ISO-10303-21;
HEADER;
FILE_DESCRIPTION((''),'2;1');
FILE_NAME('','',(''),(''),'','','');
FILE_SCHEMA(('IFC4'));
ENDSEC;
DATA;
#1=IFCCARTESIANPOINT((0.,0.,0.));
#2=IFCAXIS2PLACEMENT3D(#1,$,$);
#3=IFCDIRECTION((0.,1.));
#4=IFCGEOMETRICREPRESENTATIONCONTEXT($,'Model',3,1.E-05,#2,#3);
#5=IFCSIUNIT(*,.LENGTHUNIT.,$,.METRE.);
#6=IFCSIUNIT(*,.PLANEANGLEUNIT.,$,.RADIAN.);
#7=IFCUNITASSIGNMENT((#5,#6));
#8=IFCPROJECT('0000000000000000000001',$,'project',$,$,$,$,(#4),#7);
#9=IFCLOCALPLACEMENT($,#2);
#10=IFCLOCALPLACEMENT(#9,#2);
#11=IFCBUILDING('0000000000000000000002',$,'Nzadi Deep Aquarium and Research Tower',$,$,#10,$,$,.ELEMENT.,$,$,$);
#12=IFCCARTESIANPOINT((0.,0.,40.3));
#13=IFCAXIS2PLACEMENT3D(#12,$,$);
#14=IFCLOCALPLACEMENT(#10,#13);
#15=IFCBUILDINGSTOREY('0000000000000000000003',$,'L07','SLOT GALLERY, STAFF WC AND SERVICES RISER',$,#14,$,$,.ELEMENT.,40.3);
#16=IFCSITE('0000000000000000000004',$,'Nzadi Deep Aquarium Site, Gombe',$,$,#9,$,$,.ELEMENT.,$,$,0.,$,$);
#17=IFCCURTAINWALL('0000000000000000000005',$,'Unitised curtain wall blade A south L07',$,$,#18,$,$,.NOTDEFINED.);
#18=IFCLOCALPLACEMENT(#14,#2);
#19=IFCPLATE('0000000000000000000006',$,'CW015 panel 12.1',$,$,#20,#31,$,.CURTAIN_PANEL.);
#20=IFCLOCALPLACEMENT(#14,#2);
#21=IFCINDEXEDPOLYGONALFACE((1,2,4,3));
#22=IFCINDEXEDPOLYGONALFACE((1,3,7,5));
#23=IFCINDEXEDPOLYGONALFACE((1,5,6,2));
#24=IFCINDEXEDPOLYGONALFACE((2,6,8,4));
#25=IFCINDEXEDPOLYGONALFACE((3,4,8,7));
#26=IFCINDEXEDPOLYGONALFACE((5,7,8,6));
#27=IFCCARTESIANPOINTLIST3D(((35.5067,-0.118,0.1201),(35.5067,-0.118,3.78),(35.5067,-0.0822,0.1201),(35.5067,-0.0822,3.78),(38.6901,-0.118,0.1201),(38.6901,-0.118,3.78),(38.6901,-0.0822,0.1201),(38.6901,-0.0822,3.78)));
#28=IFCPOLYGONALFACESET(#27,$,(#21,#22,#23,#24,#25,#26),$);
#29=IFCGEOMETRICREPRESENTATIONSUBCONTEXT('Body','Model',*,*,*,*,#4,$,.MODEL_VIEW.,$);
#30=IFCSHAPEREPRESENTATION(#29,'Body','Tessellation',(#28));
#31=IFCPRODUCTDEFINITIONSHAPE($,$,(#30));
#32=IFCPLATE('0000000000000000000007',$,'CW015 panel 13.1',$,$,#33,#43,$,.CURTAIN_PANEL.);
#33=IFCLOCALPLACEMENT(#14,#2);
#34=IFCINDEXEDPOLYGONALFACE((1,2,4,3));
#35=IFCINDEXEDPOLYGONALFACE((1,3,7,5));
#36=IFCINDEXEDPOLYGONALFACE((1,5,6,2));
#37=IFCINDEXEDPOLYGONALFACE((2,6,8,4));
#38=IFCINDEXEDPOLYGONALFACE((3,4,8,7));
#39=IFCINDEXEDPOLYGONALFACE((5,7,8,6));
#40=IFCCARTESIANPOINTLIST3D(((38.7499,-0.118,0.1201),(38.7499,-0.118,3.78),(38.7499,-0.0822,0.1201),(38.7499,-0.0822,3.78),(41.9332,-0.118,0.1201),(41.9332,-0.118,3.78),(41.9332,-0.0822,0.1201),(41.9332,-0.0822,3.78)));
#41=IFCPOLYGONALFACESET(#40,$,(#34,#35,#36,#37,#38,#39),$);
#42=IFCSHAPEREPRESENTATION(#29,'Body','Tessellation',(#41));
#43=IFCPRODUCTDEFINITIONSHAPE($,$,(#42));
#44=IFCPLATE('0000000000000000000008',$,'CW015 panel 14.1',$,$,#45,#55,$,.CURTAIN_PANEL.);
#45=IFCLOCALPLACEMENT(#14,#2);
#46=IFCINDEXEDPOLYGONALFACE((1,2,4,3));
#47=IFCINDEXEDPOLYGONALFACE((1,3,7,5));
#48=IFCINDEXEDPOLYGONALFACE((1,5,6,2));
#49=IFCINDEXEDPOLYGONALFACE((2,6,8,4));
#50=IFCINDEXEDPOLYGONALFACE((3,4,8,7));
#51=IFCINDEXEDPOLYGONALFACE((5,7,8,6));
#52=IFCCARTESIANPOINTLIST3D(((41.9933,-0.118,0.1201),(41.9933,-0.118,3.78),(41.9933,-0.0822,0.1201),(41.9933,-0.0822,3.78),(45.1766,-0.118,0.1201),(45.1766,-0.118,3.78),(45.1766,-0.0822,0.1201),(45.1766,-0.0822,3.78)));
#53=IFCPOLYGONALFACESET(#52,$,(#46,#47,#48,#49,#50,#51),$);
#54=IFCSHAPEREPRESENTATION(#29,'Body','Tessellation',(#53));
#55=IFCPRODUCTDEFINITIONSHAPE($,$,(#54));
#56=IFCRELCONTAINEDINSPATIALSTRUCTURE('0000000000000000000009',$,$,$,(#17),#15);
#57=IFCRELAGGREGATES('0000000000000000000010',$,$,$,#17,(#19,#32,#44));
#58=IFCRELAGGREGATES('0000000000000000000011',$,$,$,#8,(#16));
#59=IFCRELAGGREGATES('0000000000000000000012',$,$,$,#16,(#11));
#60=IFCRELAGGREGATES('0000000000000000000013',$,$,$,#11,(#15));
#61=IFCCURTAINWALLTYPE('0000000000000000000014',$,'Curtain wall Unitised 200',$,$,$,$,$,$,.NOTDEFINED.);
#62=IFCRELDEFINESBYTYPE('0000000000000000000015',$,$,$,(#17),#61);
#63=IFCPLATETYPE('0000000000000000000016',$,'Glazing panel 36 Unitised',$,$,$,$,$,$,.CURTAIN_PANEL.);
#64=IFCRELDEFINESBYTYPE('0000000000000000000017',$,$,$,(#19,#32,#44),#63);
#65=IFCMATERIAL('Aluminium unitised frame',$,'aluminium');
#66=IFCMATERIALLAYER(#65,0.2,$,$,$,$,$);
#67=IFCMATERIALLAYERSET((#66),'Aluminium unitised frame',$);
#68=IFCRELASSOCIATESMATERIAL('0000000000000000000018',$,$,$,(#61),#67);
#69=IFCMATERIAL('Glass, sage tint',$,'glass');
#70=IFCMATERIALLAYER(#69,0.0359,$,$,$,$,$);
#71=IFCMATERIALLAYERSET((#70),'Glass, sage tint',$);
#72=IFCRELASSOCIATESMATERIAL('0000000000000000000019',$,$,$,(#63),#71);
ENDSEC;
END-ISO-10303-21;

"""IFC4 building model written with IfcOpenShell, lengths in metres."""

from ifc_helpers import new_model, si_unit, direction, frame, origin, origin_2d, place, context, subcontext, project, spatial, rectangle, extrude, material, layer, layer_set, type_object, element, aggregate, save


model = new_model("IFC4")

# Units and contexts
model_context = context("Model", 3, precision=1e-05, world=origin(), true_north=direction((0.0, 1.0)))
body_context = subcontext(model_context, "Body", "Model", "MODEL_VIEW")
ifc_project = project(units=[si_unit("LENGTHUNIT", "METRE"), si_unit("PLANEANGLEUNIT", "RADIAN")], contexts=[model_context])

# Site, building, storey
site_placement = place(None, origin())
site = spatial("IfcSite", under=ifc_project, at=site_placement, Name="Nzadi Deep Aquarium Site, Gombe", CompositionType="ELEMENT", RefElevation=0.0)
building_placement = place(site_placement, origin())
building = spatial("IfcBuilding", under=site, at=building_placement, Name="Nzadi Deep Aquarium and Research Tower", CompositionType="ELEMENT")
storey_placement = place(building_placement, frame((0.0, 0.0, 40.3)))
storey = spatial("IfcBuildingStorey", under=building, at=storey_placement, Name="L07", Description="SLOT GALLERY, STAFF WC AND SERVICES RISER", CompositionType="ELEMENT", Elevation=40.3)

# Curtain wall
ifc_material_1 = material(Name="Aluminium unitised frame", Category="aluminium")
ifc_layer_1 = layer(ifc_material_1, 0.2)
ifc_layer_set_1 = layer_set([ifc_layer_1], Name="Aluminium unitised frame")
curtain_wall_type = type_object("IfcCurtainWallType", Name="Curtain wall Unitised 200", PredefinedType="NOTDEFINED", material=ifc_layer_set_1)
curtain_wall_placement = place(storey_placement, origin())
curtain_wall = element("IfcCurtainWall", 1, at=curtain_wall_placement, inside=storey, type_object=curtain_wall_type, Name="Unitised curtain wall blade A south L07", PredefinedType="NOTDEFINED")

# Plates
ifc_material_2 = material(Name="Glass, sage tint", Category="glass")
ifc_layer_2 = layer(ifc_material_2, 0.0359)
ifc_layer_set_2 = layer_set([ifc_layer_2], Name="Glass, sage tint")
plate_type = type_object("IfcPlateType", Name="Glazing panel 36 Unitised", PredefinedType="CURTAIN_PANEL", material=ifc_layer_set_2)
plate_1_placement = place(storey_placement, frame((37.0984, -0.1001, 0.1201), z_axis=(0.0, 0.0, 1.0), x_axis=(1.0, 0.0, 0.0)))
plate_1 = element("IfcPlate", 2, at=plate_1_placement, type_object=plate_type, Name="CW015 panel 12.1", PredefinedType="CURTAIN_PANEL", context=body_context, shape_type="SweptSolid", body=[
    extrude(rectangle(XDim=3.1833, YDim=0.0359, at=origin_2d()), origin(), (0.0, 0.0, 1.0), 3.6599),
])
plate_2_placement = place(storey_placement, frame((40.3416, -0.1001, 0.1201), z_axis=(0.0, 0.0, 1.0), x_axis=(1.0, 0.0, 0.0)))
plate_2 = element("IfcPlate", 3, at=plate_2_placement, type_object=plate_type, Name="CW015 panel 13.1", PredefinedType="CURTAIN_PANEL", context=body_context, shape_type="SweptSolid", body=[
    extrude(rectangle(XDim=3.1833, YDim=0.0359, at=origin_2d()), origin(), (0.0, 0.0, 1.0), 3.6599),
])
plate_3_placement = place(storey_placement, frame((43.585, -0.1001, 0.1201), z_axis=(0.0, 0.0, 1.0), x_axis=(1.0, 0.0, 0.0)))
plate_3 = element("IfcPlate", 4, at=plate_3_placement, type_object=plate_type, Name="CW015 panel 14.1", PredefinedType="CURTAIN_PANEL", context=body_context, shape_type="SweptSolid", body=[
    extrude(rectangle(XDim=3.1833, YDim=0.0359, at=origin_2d()), origin(), (0.0, 0.0, 1.0), 3.6599),
])
aggregate(curtain_wall, [plate_1, plate_2, plate_3])

save(model, "model.ifc")
